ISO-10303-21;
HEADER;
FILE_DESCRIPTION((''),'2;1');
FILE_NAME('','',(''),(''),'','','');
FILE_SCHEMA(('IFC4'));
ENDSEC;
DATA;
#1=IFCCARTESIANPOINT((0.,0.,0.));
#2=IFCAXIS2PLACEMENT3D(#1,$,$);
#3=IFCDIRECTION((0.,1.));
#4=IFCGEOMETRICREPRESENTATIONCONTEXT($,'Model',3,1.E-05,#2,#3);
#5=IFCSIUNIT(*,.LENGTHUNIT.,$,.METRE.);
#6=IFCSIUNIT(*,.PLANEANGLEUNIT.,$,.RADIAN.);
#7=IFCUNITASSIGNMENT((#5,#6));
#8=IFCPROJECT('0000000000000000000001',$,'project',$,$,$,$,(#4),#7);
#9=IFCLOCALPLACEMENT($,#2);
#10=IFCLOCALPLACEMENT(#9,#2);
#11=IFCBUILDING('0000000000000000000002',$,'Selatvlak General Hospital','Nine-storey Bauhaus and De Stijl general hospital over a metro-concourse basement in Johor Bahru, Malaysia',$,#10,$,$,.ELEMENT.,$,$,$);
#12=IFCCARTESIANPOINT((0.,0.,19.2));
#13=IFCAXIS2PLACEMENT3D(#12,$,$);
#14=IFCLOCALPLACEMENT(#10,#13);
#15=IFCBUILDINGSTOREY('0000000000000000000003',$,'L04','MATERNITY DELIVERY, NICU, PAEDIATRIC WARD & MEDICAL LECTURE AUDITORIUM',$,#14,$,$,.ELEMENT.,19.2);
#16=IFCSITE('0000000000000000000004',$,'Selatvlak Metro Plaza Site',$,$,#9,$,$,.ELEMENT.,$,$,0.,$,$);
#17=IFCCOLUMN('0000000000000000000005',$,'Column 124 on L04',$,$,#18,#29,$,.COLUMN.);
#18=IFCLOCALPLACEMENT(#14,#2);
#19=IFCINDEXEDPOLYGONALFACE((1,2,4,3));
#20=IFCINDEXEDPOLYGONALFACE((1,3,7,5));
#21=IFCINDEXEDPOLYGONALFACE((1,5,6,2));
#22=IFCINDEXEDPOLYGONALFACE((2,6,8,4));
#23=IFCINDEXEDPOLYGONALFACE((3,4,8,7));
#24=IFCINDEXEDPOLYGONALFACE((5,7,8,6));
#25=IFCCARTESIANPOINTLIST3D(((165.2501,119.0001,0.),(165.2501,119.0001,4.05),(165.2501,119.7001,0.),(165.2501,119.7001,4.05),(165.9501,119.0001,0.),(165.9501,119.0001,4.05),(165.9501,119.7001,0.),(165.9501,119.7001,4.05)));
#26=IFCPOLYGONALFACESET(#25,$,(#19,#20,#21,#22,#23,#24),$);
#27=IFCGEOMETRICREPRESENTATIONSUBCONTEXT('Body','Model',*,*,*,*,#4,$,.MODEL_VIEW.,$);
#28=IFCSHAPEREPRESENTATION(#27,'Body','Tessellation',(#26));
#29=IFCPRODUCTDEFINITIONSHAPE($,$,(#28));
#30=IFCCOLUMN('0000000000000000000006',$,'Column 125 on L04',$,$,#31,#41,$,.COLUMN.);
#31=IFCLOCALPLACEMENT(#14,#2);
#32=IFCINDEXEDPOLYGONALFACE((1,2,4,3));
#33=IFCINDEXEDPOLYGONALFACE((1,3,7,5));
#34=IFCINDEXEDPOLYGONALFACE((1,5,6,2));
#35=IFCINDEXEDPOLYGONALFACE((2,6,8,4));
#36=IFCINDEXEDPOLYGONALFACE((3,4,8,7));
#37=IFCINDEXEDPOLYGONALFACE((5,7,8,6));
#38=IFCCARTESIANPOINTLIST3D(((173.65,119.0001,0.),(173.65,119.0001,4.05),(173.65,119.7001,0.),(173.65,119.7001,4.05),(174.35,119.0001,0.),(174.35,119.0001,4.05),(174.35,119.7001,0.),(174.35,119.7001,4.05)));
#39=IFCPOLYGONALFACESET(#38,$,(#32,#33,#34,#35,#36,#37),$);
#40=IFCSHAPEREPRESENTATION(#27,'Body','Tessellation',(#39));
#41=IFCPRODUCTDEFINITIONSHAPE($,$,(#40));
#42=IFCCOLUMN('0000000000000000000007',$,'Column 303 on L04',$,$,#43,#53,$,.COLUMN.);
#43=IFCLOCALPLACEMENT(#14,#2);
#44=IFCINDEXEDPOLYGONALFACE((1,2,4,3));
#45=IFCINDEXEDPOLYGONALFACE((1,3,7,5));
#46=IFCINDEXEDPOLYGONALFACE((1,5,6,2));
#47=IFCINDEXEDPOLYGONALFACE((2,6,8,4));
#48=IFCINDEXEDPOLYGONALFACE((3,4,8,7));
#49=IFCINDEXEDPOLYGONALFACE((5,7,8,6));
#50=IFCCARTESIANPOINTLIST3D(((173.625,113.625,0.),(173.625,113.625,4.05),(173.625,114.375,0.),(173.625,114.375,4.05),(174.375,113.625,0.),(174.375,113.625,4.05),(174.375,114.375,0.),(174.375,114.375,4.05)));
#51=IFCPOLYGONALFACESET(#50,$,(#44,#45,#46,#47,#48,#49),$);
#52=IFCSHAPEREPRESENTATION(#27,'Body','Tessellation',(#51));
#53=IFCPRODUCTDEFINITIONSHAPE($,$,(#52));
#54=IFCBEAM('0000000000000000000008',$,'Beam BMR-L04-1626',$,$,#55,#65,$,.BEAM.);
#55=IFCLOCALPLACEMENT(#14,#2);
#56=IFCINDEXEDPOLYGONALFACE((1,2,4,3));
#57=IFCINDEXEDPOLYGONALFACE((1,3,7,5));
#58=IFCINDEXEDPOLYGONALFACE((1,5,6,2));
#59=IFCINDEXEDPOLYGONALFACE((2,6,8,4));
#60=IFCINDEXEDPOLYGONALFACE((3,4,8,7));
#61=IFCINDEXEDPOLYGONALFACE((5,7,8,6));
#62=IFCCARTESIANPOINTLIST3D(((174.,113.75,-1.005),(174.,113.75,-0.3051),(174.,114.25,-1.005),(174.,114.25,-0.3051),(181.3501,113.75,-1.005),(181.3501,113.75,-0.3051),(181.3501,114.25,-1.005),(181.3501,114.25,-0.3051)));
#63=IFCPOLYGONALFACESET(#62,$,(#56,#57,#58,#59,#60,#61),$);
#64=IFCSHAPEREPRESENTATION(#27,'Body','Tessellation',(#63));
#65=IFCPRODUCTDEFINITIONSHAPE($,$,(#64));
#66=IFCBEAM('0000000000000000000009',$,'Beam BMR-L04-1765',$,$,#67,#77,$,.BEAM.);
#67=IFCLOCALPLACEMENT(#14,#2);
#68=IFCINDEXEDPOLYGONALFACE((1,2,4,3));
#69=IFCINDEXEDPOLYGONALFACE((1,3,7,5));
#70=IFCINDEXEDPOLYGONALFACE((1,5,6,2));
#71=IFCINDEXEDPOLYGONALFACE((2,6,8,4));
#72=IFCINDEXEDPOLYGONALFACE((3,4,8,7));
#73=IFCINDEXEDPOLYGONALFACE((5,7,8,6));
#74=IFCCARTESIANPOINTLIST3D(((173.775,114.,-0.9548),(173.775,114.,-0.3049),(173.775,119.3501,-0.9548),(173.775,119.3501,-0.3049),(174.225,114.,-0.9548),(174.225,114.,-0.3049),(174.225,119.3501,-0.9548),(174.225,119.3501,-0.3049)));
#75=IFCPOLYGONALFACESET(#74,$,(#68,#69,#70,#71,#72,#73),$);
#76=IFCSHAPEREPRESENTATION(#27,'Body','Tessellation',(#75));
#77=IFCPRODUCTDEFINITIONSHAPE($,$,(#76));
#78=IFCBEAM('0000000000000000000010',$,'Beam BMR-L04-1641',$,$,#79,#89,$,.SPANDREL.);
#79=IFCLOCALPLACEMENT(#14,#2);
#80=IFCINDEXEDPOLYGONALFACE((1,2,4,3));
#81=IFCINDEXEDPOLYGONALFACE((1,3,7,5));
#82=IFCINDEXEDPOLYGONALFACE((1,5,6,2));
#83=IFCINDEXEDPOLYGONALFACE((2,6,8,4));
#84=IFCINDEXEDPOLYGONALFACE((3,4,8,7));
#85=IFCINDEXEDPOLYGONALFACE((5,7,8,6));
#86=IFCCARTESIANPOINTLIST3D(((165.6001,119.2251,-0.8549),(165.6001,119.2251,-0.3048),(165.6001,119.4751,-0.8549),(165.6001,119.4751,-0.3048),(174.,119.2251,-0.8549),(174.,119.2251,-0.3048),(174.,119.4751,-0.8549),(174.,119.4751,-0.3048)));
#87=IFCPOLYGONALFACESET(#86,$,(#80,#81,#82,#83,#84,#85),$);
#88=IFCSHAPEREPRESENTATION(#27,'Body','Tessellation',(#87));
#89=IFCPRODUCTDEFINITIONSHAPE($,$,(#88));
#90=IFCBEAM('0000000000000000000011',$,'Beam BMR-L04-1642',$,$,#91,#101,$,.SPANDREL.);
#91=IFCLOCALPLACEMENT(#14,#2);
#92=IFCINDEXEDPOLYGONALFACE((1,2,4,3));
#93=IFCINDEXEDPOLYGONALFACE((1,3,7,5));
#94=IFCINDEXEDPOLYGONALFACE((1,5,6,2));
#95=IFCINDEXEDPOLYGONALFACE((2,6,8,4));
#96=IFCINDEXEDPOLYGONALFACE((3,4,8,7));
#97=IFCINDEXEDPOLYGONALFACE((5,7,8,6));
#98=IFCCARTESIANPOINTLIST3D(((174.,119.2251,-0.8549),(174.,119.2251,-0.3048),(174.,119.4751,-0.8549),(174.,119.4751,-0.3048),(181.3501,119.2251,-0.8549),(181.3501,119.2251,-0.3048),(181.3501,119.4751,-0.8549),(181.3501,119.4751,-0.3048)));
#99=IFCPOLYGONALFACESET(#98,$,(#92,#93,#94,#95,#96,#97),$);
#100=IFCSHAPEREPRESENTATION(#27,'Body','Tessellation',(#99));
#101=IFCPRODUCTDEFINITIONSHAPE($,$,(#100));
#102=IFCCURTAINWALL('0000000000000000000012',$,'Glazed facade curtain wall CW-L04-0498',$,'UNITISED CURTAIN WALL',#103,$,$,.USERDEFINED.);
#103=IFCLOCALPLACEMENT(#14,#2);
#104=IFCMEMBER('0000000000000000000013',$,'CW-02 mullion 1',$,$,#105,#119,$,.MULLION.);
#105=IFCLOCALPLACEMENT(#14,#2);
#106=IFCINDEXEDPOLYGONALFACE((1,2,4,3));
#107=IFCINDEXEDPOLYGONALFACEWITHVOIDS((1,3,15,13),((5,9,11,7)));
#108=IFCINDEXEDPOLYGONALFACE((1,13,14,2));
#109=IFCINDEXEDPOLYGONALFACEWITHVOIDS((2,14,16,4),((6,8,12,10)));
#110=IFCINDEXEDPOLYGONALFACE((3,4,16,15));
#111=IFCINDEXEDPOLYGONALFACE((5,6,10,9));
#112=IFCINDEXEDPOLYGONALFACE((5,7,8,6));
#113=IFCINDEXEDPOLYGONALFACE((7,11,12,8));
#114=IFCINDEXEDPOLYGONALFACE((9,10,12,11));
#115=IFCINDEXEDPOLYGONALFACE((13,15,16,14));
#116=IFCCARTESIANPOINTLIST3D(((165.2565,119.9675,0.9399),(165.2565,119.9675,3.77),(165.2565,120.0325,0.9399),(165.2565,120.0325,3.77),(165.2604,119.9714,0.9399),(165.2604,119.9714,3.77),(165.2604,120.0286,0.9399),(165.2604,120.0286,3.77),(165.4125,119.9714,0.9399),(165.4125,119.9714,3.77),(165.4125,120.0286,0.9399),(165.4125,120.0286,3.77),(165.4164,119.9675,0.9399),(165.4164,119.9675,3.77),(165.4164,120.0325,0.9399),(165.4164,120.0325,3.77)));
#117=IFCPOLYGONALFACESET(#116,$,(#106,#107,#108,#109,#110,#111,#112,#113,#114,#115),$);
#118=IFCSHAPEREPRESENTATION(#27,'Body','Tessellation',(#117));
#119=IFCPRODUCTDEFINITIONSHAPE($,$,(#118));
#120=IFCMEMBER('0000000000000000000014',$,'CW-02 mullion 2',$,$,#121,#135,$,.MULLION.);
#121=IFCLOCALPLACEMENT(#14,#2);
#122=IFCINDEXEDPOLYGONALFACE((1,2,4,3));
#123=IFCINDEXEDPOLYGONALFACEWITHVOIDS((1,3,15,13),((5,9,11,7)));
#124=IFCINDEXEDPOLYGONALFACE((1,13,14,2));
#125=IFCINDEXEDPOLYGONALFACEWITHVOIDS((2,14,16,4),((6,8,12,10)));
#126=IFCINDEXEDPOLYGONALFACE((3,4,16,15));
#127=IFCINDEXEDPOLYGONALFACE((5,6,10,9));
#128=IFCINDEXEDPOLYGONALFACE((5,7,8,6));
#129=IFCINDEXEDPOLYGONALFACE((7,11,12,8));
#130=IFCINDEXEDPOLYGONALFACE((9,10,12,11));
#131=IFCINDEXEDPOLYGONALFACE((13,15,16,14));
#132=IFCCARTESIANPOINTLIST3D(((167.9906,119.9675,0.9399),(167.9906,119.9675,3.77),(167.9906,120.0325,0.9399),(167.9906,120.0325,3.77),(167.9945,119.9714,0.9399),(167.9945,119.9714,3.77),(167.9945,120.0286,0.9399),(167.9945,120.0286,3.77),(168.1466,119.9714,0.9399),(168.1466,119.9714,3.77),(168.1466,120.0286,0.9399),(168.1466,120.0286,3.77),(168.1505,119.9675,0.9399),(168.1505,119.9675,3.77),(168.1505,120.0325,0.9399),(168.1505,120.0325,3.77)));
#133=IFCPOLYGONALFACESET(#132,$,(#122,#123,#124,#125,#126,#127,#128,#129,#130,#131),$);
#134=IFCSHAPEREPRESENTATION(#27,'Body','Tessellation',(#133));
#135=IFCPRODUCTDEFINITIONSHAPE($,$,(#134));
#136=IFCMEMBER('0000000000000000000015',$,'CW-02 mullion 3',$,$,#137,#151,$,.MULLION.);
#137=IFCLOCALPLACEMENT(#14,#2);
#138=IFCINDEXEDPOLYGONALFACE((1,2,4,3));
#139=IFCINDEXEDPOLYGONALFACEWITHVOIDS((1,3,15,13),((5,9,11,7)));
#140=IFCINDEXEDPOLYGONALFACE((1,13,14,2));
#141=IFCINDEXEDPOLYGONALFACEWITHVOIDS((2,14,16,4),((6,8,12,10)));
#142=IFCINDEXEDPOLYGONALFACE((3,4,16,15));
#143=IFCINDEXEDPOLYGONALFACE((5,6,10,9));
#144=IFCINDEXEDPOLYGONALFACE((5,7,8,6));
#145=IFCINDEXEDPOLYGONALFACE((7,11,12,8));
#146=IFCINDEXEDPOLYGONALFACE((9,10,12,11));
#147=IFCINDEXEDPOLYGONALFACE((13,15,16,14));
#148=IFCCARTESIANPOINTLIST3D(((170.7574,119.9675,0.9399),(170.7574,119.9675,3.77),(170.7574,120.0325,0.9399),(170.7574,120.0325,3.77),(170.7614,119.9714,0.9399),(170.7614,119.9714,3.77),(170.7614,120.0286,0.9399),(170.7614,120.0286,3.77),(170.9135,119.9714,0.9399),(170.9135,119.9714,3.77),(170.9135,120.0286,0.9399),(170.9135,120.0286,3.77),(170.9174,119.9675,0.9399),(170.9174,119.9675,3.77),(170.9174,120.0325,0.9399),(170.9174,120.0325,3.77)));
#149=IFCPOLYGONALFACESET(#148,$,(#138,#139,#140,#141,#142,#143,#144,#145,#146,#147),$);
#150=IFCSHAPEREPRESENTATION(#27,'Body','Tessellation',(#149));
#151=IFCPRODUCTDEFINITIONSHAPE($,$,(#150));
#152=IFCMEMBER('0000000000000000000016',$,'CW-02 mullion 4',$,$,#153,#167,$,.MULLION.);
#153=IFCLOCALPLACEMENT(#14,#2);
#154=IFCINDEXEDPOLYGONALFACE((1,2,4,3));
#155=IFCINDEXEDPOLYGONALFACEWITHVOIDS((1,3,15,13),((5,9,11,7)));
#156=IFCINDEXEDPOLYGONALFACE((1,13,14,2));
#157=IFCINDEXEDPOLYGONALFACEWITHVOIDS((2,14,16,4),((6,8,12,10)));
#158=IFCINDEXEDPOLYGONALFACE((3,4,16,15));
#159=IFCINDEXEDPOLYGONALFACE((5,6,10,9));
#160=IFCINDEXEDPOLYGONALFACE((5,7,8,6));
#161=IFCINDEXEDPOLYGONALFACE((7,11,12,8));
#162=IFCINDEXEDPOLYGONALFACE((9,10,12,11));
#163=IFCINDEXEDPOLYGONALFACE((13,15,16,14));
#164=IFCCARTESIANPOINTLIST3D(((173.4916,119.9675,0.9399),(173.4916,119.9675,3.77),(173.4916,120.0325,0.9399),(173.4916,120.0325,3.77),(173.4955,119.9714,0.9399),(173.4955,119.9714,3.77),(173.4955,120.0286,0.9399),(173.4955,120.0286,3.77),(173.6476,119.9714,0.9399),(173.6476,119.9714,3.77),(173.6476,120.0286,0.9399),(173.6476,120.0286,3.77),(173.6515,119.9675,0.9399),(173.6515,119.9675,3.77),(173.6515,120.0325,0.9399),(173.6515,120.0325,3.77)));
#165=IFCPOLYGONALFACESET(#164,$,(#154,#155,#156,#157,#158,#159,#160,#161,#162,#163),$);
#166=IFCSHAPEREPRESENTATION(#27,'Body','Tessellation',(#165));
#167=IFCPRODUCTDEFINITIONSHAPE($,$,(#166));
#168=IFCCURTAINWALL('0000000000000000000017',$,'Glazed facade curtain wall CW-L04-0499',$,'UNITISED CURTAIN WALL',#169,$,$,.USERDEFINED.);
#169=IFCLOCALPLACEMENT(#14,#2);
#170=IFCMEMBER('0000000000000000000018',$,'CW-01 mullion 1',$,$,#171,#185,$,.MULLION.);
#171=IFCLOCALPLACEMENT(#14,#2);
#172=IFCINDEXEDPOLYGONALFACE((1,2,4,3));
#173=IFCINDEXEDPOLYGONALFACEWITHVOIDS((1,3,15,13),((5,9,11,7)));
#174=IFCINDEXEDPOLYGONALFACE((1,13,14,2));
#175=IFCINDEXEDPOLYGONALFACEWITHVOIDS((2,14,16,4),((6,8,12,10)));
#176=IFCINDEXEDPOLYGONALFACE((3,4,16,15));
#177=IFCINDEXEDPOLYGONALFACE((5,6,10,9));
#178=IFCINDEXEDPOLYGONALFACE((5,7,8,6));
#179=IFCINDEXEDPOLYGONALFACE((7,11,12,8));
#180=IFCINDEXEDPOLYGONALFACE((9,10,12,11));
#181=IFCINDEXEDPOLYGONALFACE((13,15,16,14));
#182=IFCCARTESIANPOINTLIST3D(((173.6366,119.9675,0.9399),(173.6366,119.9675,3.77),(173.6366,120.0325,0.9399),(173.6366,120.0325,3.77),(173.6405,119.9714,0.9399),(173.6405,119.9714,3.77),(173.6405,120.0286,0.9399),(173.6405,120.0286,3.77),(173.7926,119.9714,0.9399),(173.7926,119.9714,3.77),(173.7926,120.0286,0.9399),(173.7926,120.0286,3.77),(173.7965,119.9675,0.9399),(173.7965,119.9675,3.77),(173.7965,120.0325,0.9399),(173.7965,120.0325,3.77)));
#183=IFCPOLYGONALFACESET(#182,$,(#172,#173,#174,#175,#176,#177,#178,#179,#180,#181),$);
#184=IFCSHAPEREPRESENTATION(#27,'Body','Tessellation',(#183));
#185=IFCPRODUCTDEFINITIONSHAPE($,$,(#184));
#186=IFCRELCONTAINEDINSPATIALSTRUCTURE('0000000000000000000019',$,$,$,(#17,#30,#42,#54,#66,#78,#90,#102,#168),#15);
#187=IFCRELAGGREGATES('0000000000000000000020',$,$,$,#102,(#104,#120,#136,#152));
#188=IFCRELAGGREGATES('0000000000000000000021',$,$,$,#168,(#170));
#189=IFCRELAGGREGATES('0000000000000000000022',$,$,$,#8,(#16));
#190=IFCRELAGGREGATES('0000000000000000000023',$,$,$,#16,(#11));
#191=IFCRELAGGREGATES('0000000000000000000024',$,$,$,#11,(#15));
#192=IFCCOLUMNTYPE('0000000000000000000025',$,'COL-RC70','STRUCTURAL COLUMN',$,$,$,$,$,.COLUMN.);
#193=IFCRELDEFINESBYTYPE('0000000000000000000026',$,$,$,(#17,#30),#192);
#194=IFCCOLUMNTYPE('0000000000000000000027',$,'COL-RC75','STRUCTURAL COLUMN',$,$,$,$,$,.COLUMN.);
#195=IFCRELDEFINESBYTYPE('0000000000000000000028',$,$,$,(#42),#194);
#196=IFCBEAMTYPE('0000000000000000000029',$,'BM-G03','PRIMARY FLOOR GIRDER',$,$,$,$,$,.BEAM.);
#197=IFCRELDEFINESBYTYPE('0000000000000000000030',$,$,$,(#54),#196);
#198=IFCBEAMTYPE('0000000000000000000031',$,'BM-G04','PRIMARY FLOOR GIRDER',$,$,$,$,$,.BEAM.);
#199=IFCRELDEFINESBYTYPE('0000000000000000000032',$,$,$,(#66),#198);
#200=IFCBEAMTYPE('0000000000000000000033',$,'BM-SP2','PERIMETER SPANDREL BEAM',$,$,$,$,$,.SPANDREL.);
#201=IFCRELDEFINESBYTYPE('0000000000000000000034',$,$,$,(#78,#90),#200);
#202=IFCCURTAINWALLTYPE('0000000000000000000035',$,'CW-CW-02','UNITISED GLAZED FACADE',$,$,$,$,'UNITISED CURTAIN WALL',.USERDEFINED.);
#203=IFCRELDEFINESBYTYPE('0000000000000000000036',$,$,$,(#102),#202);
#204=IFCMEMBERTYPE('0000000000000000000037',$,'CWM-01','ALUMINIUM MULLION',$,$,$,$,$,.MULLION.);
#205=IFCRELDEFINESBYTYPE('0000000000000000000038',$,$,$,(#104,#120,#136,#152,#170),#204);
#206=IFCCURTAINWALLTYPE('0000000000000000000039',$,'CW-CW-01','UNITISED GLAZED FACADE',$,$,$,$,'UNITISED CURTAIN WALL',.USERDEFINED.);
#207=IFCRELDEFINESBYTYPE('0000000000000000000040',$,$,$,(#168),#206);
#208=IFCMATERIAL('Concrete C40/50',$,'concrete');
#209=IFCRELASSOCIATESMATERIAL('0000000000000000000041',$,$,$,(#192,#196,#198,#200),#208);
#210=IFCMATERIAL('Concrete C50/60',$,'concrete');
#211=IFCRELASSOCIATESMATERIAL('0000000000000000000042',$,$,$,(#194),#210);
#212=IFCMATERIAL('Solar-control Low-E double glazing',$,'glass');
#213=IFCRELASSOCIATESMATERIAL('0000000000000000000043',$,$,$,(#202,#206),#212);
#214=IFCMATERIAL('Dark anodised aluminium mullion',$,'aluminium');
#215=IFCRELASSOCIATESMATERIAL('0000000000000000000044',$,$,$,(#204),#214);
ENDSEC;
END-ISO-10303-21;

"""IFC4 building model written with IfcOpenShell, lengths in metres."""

from ifc_helpers import new_model, si_unit, direction, frame, origin, origin_2d, place, context, subcontext, project, spatial, rectangle, hollow_rectangle, extrude, material, material_profile, profile_set, type_object, element, aggregate, save


model = new_model("IFC4")

# Units and contexts
model_context = context("Model", 3, precision=1e-05, world=origin(), true_north=direction((0.0, 1.0)))
body_context = subcontext(model_context, "Body", "Model", "MODEL_VIEW")
ifc_project = project(units=[si_unit("LENGTHUNIT", "METRE"), si_unit("PLANEANGLEUNIT", "RADIAN")], contexts=[model_context])

# Site, building, storey
site_placement = place(None, origin())
site = spatial("IfcSite", under=ifc_project, at=site_placement, Name="Selatvlak Metro Plaza Site", CompositionType="ELEMENT", RefElevation=0.0)
building_placement = place(site_placement, origin())
building = spatial("IfcBuilding", under=site, at=building_placement, Name="Selatvlak General Hospital", Description="Nine-storey Bauhaus and De Stijl general hospital over a metro-concourse basement in Johor Bahru, Malaysia", CompositionType="ELEMENT")
storey_placement = place(building_placement, frame((0.0, 0.0, 19.2)))
storey = spatial("IfcBuildingStorey", under=building, at=storey_placement, Name="L04", Description="MATERNITY DELIVERY, NICU, PAEDIATRIC WARD & MEDICAL LECTURE AUDITORIUM", CompositionType="ELEMENT", Elevation=19.2)

# Columns
ifc_material_1 = material(Name="Concrete C40/50", Category="concrete")
ifc_material_profile_1 = material_profile(ifc_material_1, rectangle(XDim=0.7, YDim=0.7, at=origin_2d()), Name="RC-COL 700x700")
ifc_profile_set_1 = profile_set([ifc_material_profile_1], Name="Concrete C40/50")
column_type_1 = type_object("IfcColumnType", Name="COL-RC70", Description="STRUCTURAL COLUMN", PredefinedType="COLUMN", material=ifc_profile_set_1)
for number, where, z_axis, x_axis, name in (
    (1, (165.6001, 119.3501, 0.0), (0.0, 0.0, 1.0), (1.0, 0.0, 0.0), "Column 124 on L04"),
    (2, (174.0, 119.3501, 0.0), (0.0, 0.0, 1.0), (1.0, 0.0, 0.0), "Column 125 on L04"),
):
    element("IfcColumn", number, at=place(storey_placement, frame(where, z_axis=z_axis, x_axis=x_axis)), inside=storey, type_object=column_type_1, Name=name, PredefinedType="COLUMN", context=body_context, shape_type="SweptSolid", body=[
        extrude(rectangle(XDim=0.7, YDim=0.7, at=origin_2d()), origin(), (0.0, 0.0, 1.0), 4.05),
    ])
ifc_material_2 = material(Name="Concrete C50/60", Category="concrete")
ifc_material_profile_2 = material_profile(ifc_material_2, rectangle(XDim=0.75, YDim=0.75, at=origin_2d()), Name="RC-COL 750x750")
ifc_profile_set_2 = profile_set([ifc_material_profile_2], Name="Concrete C50/60")
column_type_2 = type_object("IfcColumnType", Name="COL-RC75", Description="STRUCTURAL COLUMN", PredefinedType="COLUMN", material=ifc_profile_set_2)
column_placement = place(storey_placement, frame((174.0, 114.0, 0.0), z_axis=(0.0, 0.0, 1.0), x_axis=(1.0, 0.0, 0.0)))
element("IfcColumn", 3, at=column_placement, inside=storey, type_object=column_type_2, Name="Column 303 on L04", PredefinedType="COLUMN", context=body_context, shape_type="SweptSolid", body=[
    extrude(rectangle(XDim=0.75, YDim=0.75, at=origin_2d()), origin(), (0.0, 0.0, 1.0), 4.05),
])

# Beams
ifc_material_profile_3 = material_profile(ifc_material_1, rectangle(XDim=0.5, YDim=0.7, at=origin_2d()), Name="RC-BM 500x700")
ifc_profile_set_3 = profile_set([ifc_material_profile_3], Name="Concrete C40/50")
beam_type_1 = type_object("IfcBeamType", Name="BM-G03", Description="PRIMARY FLOOR GIRDER", PredefinedType="BEAM", material=ifc_profile_set_3)
beam_1_placement = place(storey_placement, frame((174.0, 114.0, -0.655), z_axis=(1.0, 0.0, 0.0), x_axis=(0.0, 1.0, 0.0)))
element("IfcBeam", 4, at=beam_1_placement, inside=storey, type_object=beam_type_1, Name="Beam BMR-L04-1626", PredefinedType="BEAM", context=body_context, shape_type="SweptSolid", body=[
    extrude(rectangle(XDim=0.5, YDim=0.7, at=origin_2d()), origin(), (0.0, 0.0, 1.0), 7.3501),
])
ifc_material_profile_4 = material_profile(ifc_material_1, rectangle(XDim=0.45, YDim=0.6499, at=origin_2d()), Name="RC-BM 450x650")
ifc_profile_set_4 = profile_set([ifc_material_profile_4], Name="Concrete C40/50")
beam_type_2 = type_object("IfcBeamType", Name="BM-G04", Description="PRIMARY FLOOR GIRDER", PredefinedType="BEAM", material=ifc_profile_set_4)
beam_2_placement = place(storey_placement, frame((174.0, 114.0, -0.6299), z_axis=(0.0, 1.0, 0.0), x_axis=(-1.0, 0.0, 0.0)))
element("IfcBeam", 5, at=beam_2_placement, inside=storey, type_object=beam_type_2, Name="Beam BMR-L04-1765", PredefinedType="BEAM", context=body_context, shape_type="SweptSolid", body=[
    extrude(rectangle(XDim=0.45, YDim=0.6499, at=origin_2d()), origin(), (0.0, 0.0, 1.0), 5.3501),
])
ifc_material_profile_5 = material_profile(ifc_material_1, rectangle(XDim=0.25, YDim=0.55, at=origin_2d()), Name="RC-SP 250x550")
ifc_profile_set_5 = profile_set([ifc_material_profile_5], Name="Concrete C40/50")
beam_type_3 = type_object("IfcBeamType", Name="BM-SP2", Description="PERIMETER SPANDREL BEAM", PredefinedType="SPANDREL", material=ifc_profile_set_5)
beam_3_placement = place(storey_placement, frame((165.6001, 119.3501, -0.5798), z_axis=(1.0, 0.0, 0.0), x_axis=(0.0, 1.0, 0.0)))
element("IfcBeam", 6, at=beam_3_placement, inside=storey, type_object=beam_type_3, Name="Beam BMR-L04-1641", PredefinedType="SPANDREL", context=body_context, shape_type="SweptSolid", body=[
    extrude(rectangle(XDim=0.25, YDim=0.55, at=origin_2d()), origin(), (0.0, 0.0, 1.0), 8.3999),
])
beam_4_placement = place(storey_placement, frame((174.0, 119.3501, -0.5798), z_axis=(1.0, 0.0, 0.0), x_axis=(0.0, 1.0, 0.0)))
element("IfcBeam", 7, at=beam_4_placement, inside=storey, type_object=beam_type_3, Name="Beam BMR-L04-1642", PredefinedType="SPANDREL", context=body_context, shape_type="SweptSolid", body=[
    extrude(rectangle(XDim=0.25, YDim=0.55, at=origin_2d()), origin(), (0.0, 0.0, 1.0), 7.3501),
])

# Curtain walls, members
ifc_material_3 = material(Name="Solar-control Low-E double glazing", Category="glass")
curtain_wall_type_1 = type_object("IfcCurtainWallType", Name="CW-CW-02", Description="UNITISED GLAZED FACADE", ElementType="UNITISED CURTAIN WALL", PredefinedType="USERDEFINED", material=ifc_material_3)
curtain_wall_1_placement = place(storey_placement, origin())
curtain_wall_1 = element("IfcCurtainWall", 8, at=curtain_wall_1_placement, inside=storey, type_object=curtain_wall_type_1, Name="Glazed facade curtain wall CW-L04-0498", ObjectType="UNITISED CURTAIN WALL", PredefinedType="USERDEFINED")
ifc_material_4 = material(Name="Dark anodised aluminium mullion", Category="aluminium")
ifc_material_profile_6 = material_profile(ifc_material_4, hollow_rectangle(XDim=0.0649, YDim=0.1599, WallThickness=0.0039, at=origin_2d()), Name="AL-MUL 65x160x4")
ifc_profile_set_6 = profile_set([ifc_material_profile_6], Name="Dark anodised aluminium mullion")
member_type_1 = type_object("IfcMemberType", Name="CWM-01", Description="ALUMINIUM MULLION", PredefinedType="MULLION", material=ifc_profile_set_6)
member_1_placement = place(storey_placement, frame((165.3364, 120.0, 0.9399), z_axis=(0.0, 0.0, 1.0), x_axis=(0.0, 1.0, 0.0)))
member_1 = element("IfcMember", 9, at=member_1_placement, type_object=member_type_1, Name="CW-02 mullion 1", PredefinedType="MULLION", context=body_context, shape_type="SweptSolid", body=[
    extrude(hollow_rectangle(XDim=0.0649, YDim=0.1599, WallThickness=0.0039, at=origin_2d()), origin(), (0.0, 0.0, 1.0), 2.8301),
])
member_2_placement = place(storey_placement, frame((168.0706, 120.0, 0.9399), z_axis=(0.0, 0.0, 1.0), x_axis=(0.0, 1.0, 0.0)))
member_2 = element("IfcMember", 10, at=member_2_placement, type_object=member_type_1, Name="CW-02 mullion 2", PredefinedType="MULLION", context=body_context, shape_type="SweptSolid", body=[
    extrude(hollow_rectangle(XDim=0.0649, YDim=0.1599, WallThickness=0.0039, at=origin_2d()), origin(), (0.0, 0.0, 1.0), 2.8301),
])
member_3_placement = place(storey_placement, frame((170.8374, 120.0, 0.9399), z_axis=(0.0, 0.0, 1.0), x_axis=(0.0, 1.0, 0.0)))
member_3 = element("IfcMember", 11, at=member_3_placement, type_object=member_type_1, Name="CW-02 mullion 3", PredefinedType="MULLION", context=body_context, shape_type="SweptSolid", body=[
    extrude(hollow_rectangle(XDim=0.0649, YDim=0.1599, WallThickness=0.0039, at=origin_2d()), origin(), (0.0, 0.0, 1.0), 2.8301),
])
member_4_placement = place(storey_placement, frame((173.5715, 120.0, 0.9399), z_axis=(0.0, 0.0, 1.0), x_axis=(0.0, 1.0, 0.0)))
member_4 = element("IfcMember", 12, at=member_4_placement, type_object=member_type_1, Name="CW-02 mullion 4", PredefinedType="MULLION", context=body_context, shape_type="SweptSolid", body=[
    extrude(hollow_rectangle(XDim=0.0649, YDim=0.1599, WallThickness=0.0039, at=origin_2d()), origin(), (0.0, 0.0, 1.0), 2.8301),
])
curtain_wall_type_2 = type_object("IfcCurtainWallType", Name="CW-CW-01", Description="UNITISED GLAZED FACADE", ElementType="UNITISED CURTAIN WALL", PredefinedType="USERDEFINED", material=ifc_material_3)
curtain_wall_2_placement = place(storey_placement, origin())
curtain_wall_2 = element("IfcCurtainWall", 13, at=curtain_wall_2_placement, inside=storey, type_object=curtain_wall_type_2, Name="Glazed facade curtain wall CW-L04-0499", ObjectType="UNITISED CURTAIN WALL", PredefinedType="USERDEFINED")
member_5_placement = place(storey_placement, frame((173.7166, 120.0, 0.9399), z_axis=(0.0, 0.0, 1.0), x_axis=(0.0, 1.0, 0.0)))
member_5 = element("IfcMember", 14, at=member_5_placement, type_object=member_type_1, Name="CW-01 mullion 1", PredefinedType="MULLION", context=body_context, shape_type="SweptSolid", body=[
    extrude(hollow_rectangle(XDim=0.0649, YDim=0.1599, WallThickness=0.0039, at=origin_2d()), origin(), (0.0, 0.0, 1.0), 2.8301),
])

aggregate(curtain_wall_1, [member_1, member_2, member_3, member_4])
aggregate(curtain_wall_2, [member_5])

save(model, "model.ifc")
